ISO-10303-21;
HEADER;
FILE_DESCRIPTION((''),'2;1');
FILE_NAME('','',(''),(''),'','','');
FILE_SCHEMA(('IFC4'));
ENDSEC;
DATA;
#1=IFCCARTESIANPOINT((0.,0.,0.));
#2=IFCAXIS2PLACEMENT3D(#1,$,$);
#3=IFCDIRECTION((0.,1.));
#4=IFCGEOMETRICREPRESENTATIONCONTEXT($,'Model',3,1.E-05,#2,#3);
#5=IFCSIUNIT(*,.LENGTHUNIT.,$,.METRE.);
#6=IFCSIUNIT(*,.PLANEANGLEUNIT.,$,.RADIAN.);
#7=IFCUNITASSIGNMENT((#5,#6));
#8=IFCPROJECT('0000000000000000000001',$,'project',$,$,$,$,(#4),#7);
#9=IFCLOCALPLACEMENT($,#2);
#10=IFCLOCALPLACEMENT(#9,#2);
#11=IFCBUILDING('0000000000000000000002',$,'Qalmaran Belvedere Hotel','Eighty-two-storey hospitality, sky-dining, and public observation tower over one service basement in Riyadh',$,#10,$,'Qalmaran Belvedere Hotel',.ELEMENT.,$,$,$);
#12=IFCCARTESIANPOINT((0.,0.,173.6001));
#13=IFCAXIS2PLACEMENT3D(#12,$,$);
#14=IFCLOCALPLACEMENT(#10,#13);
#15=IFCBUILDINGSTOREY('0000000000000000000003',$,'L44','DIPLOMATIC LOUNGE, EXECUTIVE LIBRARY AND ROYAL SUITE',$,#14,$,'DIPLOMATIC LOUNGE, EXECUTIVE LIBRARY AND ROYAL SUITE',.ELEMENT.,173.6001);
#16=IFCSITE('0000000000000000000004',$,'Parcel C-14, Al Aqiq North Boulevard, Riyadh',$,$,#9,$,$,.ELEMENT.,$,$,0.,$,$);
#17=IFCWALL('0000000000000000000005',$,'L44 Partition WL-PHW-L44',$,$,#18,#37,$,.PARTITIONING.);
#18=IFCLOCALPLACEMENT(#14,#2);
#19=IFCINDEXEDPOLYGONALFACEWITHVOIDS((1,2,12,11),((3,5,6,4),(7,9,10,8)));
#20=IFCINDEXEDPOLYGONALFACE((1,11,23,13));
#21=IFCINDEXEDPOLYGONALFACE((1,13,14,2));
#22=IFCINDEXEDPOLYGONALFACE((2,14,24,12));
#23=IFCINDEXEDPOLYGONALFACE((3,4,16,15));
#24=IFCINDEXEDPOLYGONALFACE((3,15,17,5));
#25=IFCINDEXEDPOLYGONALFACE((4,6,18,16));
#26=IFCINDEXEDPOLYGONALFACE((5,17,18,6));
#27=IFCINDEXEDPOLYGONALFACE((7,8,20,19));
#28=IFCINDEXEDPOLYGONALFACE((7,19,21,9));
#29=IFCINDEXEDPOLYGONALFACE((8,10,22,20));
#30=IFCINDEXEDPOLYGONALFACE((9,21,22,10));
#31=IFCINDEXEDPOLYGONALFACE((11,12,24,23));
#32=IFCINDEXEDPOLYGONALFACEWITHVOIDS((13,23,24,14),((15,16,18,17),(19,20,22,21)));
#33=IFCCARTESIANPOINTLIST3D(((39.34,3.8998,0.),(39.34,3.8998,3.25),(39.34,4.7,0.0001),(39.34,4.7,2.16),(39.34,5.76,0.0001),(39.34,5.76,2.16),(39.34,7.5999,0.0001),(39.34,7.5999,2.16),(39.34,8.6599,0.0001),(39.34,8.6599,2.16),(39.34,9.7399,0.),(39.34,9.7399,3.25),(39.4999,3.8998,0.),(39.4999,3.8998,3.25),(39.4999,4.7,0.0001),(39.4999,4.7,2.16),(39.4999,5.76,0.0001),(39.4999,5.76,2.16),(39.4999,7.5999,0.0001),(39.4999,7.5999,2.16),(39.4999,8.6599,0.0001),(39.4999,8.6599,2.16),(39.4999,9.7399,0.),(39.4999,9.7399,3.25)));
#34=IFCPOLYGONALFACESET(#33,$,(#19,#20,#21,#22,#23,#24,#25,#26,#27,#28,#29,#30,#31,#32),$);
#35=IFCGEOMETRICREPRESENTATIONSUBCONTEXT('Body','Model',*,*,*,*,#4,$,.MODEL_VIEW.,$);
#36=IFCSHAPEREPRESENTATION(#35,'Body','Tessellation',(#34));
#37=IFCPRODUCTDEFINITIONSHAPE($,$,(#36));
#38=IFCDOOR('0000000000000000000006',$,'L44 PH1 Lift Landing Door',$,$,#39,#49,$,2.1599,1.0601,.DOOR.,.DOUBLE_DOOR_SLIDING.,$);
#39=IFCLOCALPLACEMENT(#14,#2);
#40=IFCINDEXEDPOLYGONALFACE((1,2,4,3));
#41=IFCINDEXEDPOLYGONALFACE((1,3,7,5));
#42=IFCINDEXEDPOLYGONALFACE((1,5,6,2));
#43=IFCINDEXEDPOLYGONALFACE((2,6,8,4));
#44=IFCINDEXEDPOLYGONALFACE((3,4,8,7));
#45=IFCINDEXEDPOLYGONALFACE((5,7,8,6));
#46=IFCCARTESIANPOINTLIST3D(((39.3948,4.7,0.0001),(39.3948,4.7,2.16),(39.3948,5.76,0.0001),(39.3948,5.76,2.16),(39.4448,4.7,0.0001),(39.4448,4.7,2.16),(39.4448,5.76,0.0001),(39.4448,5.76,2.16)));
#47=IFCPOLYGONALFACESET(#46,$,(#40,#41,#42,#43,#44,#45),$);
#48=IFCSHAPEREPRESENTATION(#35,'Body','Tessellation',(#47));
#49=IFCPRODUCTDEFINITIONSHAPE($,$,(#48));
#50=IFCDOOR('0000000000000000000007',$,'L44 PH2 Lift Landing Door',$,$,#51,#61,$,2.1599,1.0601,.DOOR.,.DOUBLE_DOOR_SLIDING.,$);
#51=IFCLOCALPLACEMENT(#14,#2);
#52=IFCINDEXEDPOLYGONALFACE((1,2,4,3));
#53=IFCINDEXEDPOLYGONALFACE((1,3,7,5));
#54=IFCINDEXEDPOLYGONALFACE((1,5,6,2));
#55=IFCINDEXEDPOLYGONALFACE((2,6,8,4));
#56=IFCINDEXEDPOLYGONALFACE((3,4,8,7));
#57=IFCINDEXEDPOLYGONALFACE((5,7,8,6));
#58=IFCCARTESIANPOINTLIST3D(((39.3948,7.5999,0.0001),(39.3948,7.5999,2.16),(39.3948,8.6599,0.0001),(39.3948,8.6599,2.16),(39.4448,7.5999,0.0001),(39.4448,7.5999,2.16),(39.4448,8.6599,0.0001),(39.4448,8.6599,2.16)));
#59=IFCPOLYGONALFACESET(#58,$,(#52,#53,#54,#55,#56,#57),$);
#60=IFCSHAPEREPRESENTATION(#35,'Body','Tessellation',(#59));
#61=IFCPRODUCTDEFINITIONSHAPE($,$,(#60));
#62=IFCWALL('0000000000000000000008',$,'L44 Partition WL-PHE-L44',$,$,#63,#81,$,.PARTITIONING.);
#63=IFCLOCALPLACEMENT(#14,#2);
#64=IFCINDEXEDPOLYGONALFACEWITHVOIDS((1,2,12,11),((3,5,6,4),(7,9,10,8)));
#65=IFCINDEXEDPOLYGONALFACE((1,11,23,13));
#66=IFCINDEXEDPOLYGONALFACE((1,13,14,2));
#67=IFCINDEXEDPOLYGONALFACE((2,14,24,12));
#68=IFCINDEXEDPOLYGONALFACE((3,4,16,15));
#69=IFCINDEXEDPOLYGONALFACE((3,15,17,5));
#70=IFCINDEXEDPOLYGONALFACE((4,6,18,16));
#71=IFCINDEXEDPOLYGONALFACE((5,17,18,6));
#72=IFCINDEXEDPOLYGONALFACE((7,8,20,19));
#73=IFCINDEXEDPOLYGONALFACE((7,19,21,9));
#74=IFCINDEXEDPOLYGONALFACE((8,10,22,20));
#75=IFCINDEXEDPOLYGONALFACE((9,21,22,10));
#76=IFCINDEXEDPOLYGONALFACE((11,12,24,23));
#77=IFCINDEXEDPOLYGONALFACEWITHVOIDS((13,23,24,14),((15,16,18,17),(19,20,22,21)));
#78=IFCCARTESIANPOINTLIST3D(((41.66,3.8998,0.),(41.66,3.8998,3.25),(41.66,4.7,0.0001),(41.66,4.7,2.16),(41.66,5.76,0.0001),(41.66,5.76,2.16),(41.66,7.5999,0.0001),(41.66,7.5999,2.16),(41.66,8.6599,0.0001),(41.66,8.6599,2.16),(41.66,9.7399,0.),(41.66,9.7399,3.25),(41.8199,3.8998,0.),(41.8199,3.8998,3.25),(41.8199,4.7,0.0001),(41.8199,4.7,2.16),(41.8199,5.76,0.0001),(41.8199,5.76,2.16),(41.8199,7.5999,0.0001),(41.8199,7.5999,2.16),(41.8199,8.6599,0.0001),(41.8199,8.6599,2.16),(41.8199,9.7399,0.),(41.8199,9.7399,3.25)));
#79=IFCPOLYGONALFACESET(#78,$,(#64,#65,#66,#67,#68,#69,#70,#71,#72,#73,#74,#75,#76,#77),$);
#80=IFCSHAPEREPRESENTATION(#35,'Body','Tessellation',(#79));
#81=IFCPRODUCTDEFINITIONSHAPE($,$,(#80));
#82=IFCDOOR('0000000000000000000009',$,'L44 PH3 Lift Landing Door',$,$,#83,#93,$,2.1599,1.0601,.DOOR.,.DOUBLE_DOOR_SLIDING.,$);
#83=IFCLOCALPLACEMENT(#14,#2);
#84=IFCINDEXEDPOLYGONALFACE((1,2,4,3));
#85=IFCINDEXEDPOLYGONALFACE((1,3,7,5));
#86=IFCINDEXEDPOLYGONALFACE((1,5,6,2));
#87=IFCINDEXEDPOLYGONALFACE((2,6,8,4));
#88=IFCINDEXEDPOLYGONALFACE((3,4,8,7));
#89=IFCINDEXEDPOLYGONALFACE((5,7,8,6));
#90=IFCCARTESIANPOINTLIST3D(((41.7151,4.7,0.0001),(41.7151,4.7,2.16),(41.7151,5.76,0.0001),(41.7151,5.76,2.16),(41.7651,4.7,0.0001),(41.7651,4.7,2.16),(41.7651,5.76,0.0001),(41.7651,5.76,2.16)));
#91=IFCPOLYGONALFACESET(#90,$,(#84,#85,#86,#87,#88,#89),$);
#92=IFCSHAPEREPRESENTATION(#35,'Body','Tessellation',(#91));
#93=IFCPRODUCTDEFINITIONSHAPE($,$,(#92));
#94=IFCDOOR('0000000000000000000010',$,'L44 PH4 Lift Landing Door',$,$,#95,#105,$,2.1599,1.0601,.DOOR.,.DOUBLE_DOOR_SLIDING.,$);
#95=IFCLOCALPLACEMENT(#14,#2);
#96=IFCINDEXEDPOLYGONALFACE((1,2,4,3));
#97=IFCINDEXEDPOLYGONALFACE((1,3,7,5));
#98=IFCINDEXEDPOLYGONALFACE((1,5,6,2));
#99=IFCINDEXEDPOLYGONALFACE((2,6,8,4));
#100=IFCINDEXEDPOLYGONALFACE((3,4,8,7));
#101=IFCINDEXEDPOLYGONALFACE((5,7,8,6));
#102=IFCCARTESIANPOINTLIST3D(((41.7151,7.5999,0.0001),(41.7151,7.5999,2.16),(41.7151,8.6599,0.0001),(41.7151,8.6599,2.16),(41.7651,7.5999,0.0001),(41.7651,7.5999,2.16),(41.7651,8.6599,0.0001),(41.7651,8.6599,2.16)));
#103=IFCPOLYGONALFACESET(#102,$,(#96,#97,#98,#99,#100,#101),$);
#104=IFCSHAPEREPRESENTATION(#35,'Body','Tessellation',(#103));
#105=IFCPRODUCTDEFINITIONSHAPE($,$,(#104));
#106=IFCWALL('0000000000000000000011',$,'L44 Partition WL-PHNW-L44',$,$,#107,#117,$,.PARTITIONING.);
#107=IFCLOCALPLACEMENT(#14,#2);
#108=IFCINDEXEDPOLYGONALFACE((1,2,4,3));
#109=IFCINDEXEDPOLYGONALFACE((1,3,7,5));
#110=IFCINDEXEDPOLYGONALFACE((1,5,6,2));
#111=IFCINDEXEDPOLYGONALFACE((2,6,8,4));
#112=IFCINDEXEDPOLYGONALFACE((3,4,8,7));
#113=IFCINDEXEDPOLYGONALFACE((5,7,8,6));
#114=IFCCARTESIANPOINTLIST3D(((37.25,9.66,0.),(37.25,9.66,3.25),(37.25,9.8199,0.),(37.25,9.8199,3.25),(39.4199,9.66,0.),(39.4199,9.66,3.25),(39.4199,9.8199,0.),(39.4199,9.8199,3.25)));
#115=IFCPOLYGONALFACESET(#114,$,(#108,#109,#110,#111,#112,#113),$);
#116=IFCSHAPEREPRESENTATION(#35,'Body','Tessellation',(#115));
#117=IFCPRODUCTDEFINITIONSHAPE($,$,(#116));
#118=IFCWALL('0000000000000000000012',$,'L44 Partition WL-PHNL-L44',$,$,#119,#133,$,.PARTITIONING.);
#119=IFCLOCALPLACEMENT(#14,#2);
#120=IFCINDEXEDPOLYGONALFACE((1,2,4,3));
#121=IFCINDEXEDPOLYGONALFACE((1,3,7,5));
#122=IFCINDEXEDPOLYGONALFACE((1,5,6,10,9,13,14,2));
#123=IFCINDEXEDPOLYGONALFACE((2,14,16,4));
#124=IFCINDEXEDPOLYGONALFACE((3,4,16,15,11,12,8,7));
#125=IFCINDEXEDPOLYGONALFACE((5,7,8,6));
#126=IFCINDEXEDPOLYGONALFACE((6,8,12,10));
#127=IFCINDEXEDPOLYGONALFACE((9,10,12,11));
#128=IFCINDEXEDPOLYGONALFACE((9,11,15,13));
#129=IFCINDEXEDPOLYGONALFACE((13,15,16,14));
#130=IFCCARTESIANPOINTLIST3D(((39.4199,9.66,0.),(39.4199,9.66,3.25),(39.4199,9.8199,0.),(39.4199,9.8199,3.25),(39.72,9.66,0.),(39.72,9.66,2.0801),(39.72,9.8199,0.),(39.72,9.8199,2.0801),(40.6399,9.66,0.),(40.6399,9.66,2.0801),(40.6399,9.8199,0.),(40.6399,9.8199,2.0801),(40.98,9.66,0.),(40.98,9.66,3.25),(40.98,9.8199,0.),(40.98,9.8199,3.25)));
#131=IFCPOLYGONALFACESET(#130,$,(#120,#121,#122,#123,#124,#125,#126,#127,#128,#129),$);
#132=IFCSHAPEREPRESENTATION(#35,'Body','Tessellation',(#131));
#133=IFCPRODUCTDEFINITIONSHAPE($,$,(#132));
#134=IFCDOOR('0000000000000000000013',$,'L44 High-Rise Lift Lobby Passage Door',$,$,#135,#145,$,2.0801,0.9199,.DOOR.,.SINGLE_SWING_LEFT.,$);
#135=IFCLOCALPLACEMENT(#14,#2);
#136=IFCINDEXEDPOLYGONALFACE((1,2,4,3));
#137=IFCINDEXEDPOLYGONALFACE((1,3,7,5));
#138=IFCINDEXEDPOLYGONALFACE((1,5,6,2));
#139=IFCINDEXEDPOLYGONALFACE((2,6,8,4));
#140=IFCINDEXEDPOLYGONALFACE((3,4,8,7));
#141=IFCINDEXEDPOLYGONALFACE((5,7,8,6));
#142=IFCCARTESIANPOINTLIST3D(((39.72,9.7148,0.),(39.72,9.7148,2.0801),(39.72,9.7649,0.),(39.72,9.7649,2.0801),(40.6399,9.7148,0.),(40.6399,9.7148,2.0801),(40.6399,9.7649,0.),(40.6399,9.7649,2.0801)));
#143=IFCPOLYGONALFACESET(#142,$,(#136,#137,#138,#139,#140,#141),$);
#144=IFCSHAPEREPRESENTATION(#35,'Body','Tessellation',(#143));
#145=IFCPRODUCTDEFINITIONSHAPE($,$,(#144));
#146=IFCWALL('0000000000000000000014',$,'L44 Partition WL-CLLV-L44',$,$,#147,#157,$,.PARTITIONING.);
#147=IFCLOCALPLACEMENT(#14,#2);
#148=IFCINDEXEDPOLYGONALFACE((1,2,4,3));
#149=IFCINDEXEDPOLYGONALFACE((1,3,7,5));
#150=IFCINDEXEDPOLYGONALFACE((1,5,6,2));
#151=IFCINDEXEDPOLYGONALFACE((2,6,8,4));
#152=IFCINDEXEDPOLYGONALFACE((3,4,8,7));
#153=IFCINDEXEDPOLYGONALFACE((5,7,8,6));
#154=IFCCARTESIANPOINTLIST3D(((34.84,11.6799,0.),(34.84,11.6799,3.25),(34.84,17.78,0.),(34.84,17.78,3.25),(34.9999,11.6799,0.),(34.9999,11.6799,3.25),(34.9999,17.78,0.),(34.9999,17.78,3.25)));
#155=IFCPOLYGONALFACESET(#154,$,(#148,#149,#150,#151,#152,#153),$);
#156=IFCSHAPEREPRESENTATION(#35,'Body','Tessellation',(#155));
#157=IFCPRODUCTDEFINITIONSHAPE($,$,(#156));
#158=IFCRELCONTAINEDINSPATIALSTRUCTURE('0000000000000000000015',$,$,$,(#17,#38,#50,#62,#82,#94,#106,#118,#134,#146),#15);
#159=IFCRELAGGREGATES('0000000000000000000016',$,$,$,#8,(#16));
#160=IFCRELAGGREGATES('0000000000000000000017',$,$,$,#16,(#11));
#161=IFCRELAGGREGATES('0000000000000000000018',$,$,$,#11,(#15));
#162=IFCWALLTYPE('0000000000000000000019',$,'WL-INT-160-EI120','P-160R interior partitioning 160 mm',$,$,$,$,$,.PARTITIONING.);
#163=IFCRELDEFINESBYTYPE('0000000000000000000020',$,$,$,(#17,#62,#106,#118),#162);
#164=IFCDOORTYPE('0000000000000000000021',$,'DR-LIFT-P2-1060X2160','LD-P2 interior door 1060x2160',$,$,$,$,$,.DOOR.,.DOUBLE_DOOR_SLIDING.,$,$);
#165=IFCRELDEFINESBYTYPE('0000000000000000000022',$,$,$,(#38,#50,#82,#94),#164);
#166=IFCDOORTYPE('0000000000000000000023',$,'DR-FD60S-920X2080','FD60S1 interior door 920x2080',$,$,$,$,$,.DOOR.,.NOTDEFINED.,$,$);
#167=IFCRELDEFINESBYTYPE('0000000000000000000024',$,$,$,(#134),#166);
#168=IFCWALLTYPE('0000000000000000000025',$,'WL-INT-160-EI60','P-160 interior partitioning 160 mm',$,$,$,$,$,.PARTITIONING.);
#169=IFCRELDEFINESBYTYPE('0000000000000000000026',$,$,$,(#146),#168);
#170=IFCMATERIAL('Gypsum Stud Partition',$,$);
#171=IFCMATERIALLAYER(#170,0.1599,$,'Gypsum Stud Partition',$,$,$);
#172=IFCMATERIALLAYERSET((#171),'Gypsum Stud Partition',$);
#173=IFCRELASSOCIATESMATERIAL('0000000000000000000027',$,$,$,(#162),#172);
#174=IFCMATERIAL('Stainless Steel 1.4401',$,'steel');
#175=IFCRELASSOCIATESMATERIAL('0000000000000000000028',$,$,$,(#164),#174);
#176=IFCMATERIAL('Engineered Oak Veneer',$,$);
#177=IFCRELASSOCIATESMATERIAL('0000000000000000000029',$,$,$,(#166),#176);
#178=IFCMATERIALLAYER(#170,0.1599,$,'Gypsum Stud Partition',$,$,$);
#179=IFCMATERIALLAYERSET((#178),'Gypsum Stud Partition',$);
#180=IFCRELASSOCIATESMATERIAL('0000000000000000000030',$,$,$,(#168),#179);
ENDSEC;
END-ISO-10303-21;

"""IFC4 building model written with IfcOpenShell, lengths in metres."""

from ifc_helpers import new_model, si_unit, direction, frame, frame_2d, origin, place, context, subcontext, project, spatial, rectangle, extrude, material, layer, layer_set, type_object, element, fill, save


model = new_model("IFC4")

# Units and contexts
model_context = context("Model", 3, precision=1e-05, world=origin(), true_north=direction((0.0, 1.0)))
body_context = subcontext(model_context, "Body", "Model", "MODEL_VIEW")
ifc_project = project(units=[si_unit("LENGTHUNIT", "METRE"), si_unit("PLANEANGLEUNIT", "RADIAN")], contexts=[model_context])

# Site, building, storey
site_placement = place(None, origin())
site = spatial("IfcSite", under=ifc_project, at=site_placement, Name="Parcel C-14, Al Aqiq North Boulevard, Riyadh", CompositionType="ELEMENT", RefElevation=0.0)
building_placement = place(site_placement, origin())
building = spatial("IfcBuilding", under=site, at=building_placement, Name="Qalmaran Belvedere Hotel", Description="Eighty-two-storey hospitality, sky-dining, and public observation tower over one service basement in Riyadh", LongName="Qalmaran Belvedere Hotel", CompositionType="ELEMENT")
storey_placement = place(building_placement, frame((0.0, 0.0, 173.6001)))
storey = spatial("IfcBuildingStorey", under=building, at=storey_placement, Name="L44", Description="DIPLOMATIC LOUNGE, EXECUTIVE LIBRARY AND ROYAL SUITE", LongName="DIPLOMATIC LOUNGE, EXECUTIVE LIBRARY AND ROYAL SUITE", CompositionType="ELEMENT", Elevation=173.6001)

# Shared definitions
ifc_material_1 = material(Name="Gypsum Stud Partition")

# Walls, openings, doors
ifc_layer_1 = layer(ifc_material_1, 0.1599, Name="Gypsum Stud Partition")
ifc_layer_set_1 = layer_set([ifc_layer_1], Name="Gypsum Stud Partition")
wall_type_1 = type_object("IfcWallType", Name="WL-INT-160-EI120", Description="P-160R interior partitioning 160 mm", PredefinedType="PARTITIONING", material=ifc_layer_set_1)
wall_1_placement = place(storey_placement, frame((39.4199, 3.8999, 0.0), z_axis=(0.0, 0.0, 1.0), x_axis=(0.0, 1.0, 0.0)))
wall_1 = element("IfcWall", 1, at=wall_1_placement, inside=storey, type_object=wall_type_1, Name="L44 Partition WL-PHW-L44", PredefinedType="PARTITIONING", context=body_context, shape_type="SweptSolid", body=[
    extrude(rectangle(XDim=5.8401, YDim=0.1599, at=frame_2d((2.9199, 0.0))), origin(), (0.0, 0.0, 1.0), 3.25),
])
opening_1_placement = place(wall_1_placement, frame((1.8601, 0.0, 0.0), z_axis=(0.0, 0.0, 1.0), x_axis=(-1.0, 0.0, 0.0)))
opening_1 = element("IfcOpeningElement", 2, at=opening_1_placement, cuts=wall_1, PredefinedType="OPENING", context=body_context, shape_type="SweptSolid", body=[
    extrude(rectangle(XDim=1.0601, YDim=2.1599, at=frame_2d((0.53, 1.0801))), frame((0.0, 0.0898, 0.0), z_axis=(0.0, -1.0, 0.0), x_axis=(1.0, 0.0, 0.0)), (0.0, 0.0, 1.0), 0.1799),
])
opening_2_placement = place(wall_1_placement, frame((4.76, 0.0, 0.0), z_axis=(0.0, 0.0, 1.0), x_axis=(-1.0, 0.0, 0.0)))
opening_2 = element("IfcOpeningElement", 3, at=opening_2_placement, cuts=wall_1, PredefinedType="OPENING", context=body_context, shape_type="SweptSolid", body=[
    extrude(rectangle(XDim=1.0601, YDim=2.1599, at=frame_2d((0.53, 1.0801))), frame((0.0, 0.0898, 0.0), z_axis=(0.0, -1.0, 0.0), x_axis=(1.0, 0.0, 0.0)), (0.0, 0.0, 1.0), 0.1799),
])
ifc_material_2 = material(Name="Stainless Steel 1.4401", Category="steel")
door_type_1 = type_object("IfcDoorType", Name="DR-LIFT-P2-1060X2160", Description="LD-P2 interior door 1060x2160", OperationType="DOUBLE_DOOR_SLIDING", PredefinedType="DOOR", material=ifc_material_2)
door_1_placement = place(opening_1_placement, origin())
door_1 = element("IfcDoor", 4, at=door_1_placement, inside=storey, type_object=door_type_1, Name="L44 PH1 Lift Landing Door", OperationType="DOUBLE_DOOR_SLIDING", OverallHeight=2.1599, OverallWidth=1.0601, PredefinedType="DOOR", context=body_context, shape_type="SweptSolid", body=[
    extrude(rectangle(XDim=1.0601, YDim=2.1599, at=frame_2d((0.53, 1.0801))), frame((0.0, 0.0249, 0.0), z_axis=(0.0, -1.0, 0.0), x_axis=(1.0, 0.0, 0.0)), (0.0, 0.0, 1.0), 0.05),
])
fill(opening_1, door_1)
door_2_placement = place(opening_2_placement, origin())
door_2 = element("IfcDoor", 5, at=door_2_placement, inside=storey, type_object=door_type_1, Name="L44 PH2 Lift Landing Door", OperationType="DOUBLE_DOOR_SLIDING", OverallHeight=2.1599, OverallWidth=1.0601, PredefinedType="DOOR", context=body_context, shape_type="SweptSolid", body=[
    extrude(rectangle(XDim=1.0601, YDim=2.1599, at=frame_2d((0.53, 1.0801))), frame((0.0, 0.0249, 0.0), z_axis=(0.0, -1.0, 0.0), x_axis=(1.0, 0.0, 0.0)), (0.0, 0.0, 1.0), 0.05),
])
fill(opening_2, door_2)
wall_2_placement = place(storey_placement, frame((41.74, 3.8999, 0.0), z_axis=(0.0, 0.0, 1.0), x_axis=(0.0, 1.0, 0.0)))
wall_2 = element("IfcWall", 6, at=wall_2_placement, inside=storey, type_object=wall_type_1, Name="L44 Partition WL-PHE-L44", PredefinedType="PARTITIONING", context=body_context, shape_type="SweptSolid", body=[
    extrude(rectangle(XDim=5.8401, YDim=0.1599, at=frame_2d((2.9199, 0.0))), origin(), (0.0, 0.0, 1.0), 3.25),
])
opening_3_placement = place(wall_2_placement, frame((0.8, 0.0, 0.0)))
opening_3 = element("IfcOpeningElement", 7, at=opening_3_placement, cuts=wall_2, PredefinedType="OPENING", context=body_context, shape_type="SweptSolid", body=[
    extrude(rectangle(XDim=1.0601, YDim=2.1599, at=frame_2d((0.53, 1.0801))), frame((0.0, 0.0898, 0.0), z_axis=(0.0, -1.0, 0.0), x_axis=(1.0, 0.0, 0.0)), (0.0, 0.0, 1.0), 0.1799),
])
opening_4_placement = place(wall_2_placement, frame((3.7, 0.0, 0.0)))
opening_4 = element("IfcOpeningElement", 8, at=opening_4_placement, cuts=wall_2, PredefinedType="OPENING", context=body_context, shape_type="SweptSolid", body=[
    extrude(rectangle(XDim=1.0601, YDim=2.1599, at=frame_2d((0.53, 1.0801))), frame((0.0, 0.0898, 0.0), z_axis=(0.0, -1.0, 0.0), x_axis=(1.0, 0.0, 0.0)), (0.0, 0.0, 1.0), 0.1799),
])
door_3_placement = place(opening_3_placement, origin())
door_3 = element("IfcDoor", 9, at=door_3_placement, inside=storey, type_object=door_type_1, Name="L44 PH3 Lift Landing Door", OperationType="DOUBLE_DOOR_SLIDING", OverallHeight=2.1599, OverallWidth=1.0601, PredefinedType="DOOR", context=body_context, shape_type="SweptSolid", body=[
    extrude(rectangle(XDim=1.0601, YDim=2.1599, at=frame_2d((0.53, 1.0801))), frame((0.0, 0.0249, 0.0), z_axis=(0.0, -1.0, 0.0), x_axis=(1.0, 0.0, 0.0)), (0.0, 0.0, 1.0), 0.05),
])
fill(opening_3, door_3)
door_4_placement = place(opening_4_placement, origin())
door_4 = element("IfcDoor", 10, at=door_4_placement, inside=storey, type_object=door_type_1, Name="L44 PH4 Lift Landing Door", OperationType="DOUBLE_DOOR_SLIDING", OverallHeight=2.1599, OverallWidth=1.0601, PredefinedType="DOOR", context=body_context, shape_type="SweptSolid", body=[
    extrude(rectangle(XDim=1.0601, YDim=2.1599, at=frame_2d((0.53, 1.0801))), frame((0.0, 0.0249, 0.0), z_axis=(0.0, -1.0, 0.0), x_axis=(1.0, 0.0, 0.0)), (0.0, 0.0, 1.0), 0.05),
])
fill(opening_4, door_4)

# Wall
wall_3_placement = place(storey_placement, frame((37.25, 9.74, 0.0), z_axis=(0.0, 0.0, 1.0), x_axis=(1.0, 0.0, 0.0)))
element("IfcWall", 11, at=wall_3_placement, inside=storey, type_object=wall_type_1, Name="L44 Partition WL-PHNW-L44", PredefinedType="PARTITIONING", context=body_context, shape_type="SweptSolid", body=[
    extrude(rectangle(XDim=2.1699, YDim=0.1599, at=frame_2d((1.085, 0.0))), origin(), (0.0, 0.0, 1.0), 3.25),
])

# Wall, opening, door
wall_4_placement = place(storey_placement, frame((39.4199, 9.74, 0.0), z_axis=(0.0, 0.0, 1.0), x_axis=(1.0, 0.0, 0.0)))
wall_4 = element("IfcWall", 12, at=wall_4_placement, inside=storey, type_object=wall_type_1, Name="L44 Partition WL-PHNL-L44", PredefinedType="PARTITIONING", context=body_context, shape_type="SweptSolid", body=[
    extrude(rectangle(XDim=1.5601, YDim=0.1599, at=frame_2d((0.78, 0.0))), origin(), (0.0, 0.0, 1.0), 3.25),
])
opening_5_placement = place(wall_4_placement, frame((0.3, 0.0, 0.0)))
opening_5 = element("IfcOpeningElement", 13, at=opening_5_placement, cuts=wall_4, PredefinedType="OPENING", context=body_context, shape_type="SweptSolid", body=[
    extrude(rectangle(XDim=0.9199, YDim=2.0801, at=frame_2d((0.46, 1.04))), frame((0.0, 0.0898, 0.0), z_axis=(0.0, -1.0, 0.0), x_axis=(1.0, 0.0, 0.0)), (0.0, 0.0, 1.0), 0.1799),
])
ifc_material_3 = material(Name="Engineered Oak Veneer")
door_type_2 = type_object("IfcDoorType", Name="DR-FD60S-920X2080", Description="FD60S1 interior door 920x2080", OperationType="NOTDEFINED", PredefinedType="DOOR", material=ifc_material_3)
door_5_placement = place(opening_5_placement, origin())
door_5 = element("IfcDoor", 14, at=door_5_placement, inside=storey, type_object=door_type_2, Name="L44 High-Rise Lift Lobby Passage Door", OperationType="SINGLE_SWING_LEFT", OverallHeight=2.0801, OverallWidth=0.9199, PredefinedType="DOOR", context=body_context, shape_type="SweptSolid", body=[
    extrude(rectangle(XDim=0.9199, YDim=2.0801, at=frame_2d((0.46, 1.04))), frame((0.0, 0.0249, 0.0), z_axis=(0.0, -1.0, 0.0), x_axis=(1.0, 0.0, 0.0)), (0.0, 0.0, 1.0), 0.05),
])
fill(opening_5, door_5)

# Wall
ifc_layer_2 = layer(ifc_material_1, 0.1599, Name="Gypsum Stud Partition")
ifc_layer_set_2 = layer_set([ifc_layer_2], Name="Gypsum Stud Partition")
wall_type_2 = type_object("IfcWallType", Name="WL-INT-160-EI60", Description="P-160 interior partitioning 160 mm", PredefinedType="PARTITIONING", material=ifc_layer_set_2)
wall_5_placement = place(storey_placement, frame((34.9199, 11.6799, 0.0), z_axis=(0.0, 0.0, 1.0), x_axis=(0.0, 1.0, 0.0)))
element("IfcWall", 15, at=wall_5_placement, inside=storey, type_object=wall_type_2, Name="L44 Partition WL-CLLV-L44", PredefinedType="PARTITIONING", context=body_context, shape_type="SweptSolid", body=[
    extrude(rectangle(XDim=6.1001, YDim=0.1599, at=frame_2d((3.05, 0.0))), origin(), (0.0, 0.0, 1.0), 3.25),
])

save(model, "model.ifc")
